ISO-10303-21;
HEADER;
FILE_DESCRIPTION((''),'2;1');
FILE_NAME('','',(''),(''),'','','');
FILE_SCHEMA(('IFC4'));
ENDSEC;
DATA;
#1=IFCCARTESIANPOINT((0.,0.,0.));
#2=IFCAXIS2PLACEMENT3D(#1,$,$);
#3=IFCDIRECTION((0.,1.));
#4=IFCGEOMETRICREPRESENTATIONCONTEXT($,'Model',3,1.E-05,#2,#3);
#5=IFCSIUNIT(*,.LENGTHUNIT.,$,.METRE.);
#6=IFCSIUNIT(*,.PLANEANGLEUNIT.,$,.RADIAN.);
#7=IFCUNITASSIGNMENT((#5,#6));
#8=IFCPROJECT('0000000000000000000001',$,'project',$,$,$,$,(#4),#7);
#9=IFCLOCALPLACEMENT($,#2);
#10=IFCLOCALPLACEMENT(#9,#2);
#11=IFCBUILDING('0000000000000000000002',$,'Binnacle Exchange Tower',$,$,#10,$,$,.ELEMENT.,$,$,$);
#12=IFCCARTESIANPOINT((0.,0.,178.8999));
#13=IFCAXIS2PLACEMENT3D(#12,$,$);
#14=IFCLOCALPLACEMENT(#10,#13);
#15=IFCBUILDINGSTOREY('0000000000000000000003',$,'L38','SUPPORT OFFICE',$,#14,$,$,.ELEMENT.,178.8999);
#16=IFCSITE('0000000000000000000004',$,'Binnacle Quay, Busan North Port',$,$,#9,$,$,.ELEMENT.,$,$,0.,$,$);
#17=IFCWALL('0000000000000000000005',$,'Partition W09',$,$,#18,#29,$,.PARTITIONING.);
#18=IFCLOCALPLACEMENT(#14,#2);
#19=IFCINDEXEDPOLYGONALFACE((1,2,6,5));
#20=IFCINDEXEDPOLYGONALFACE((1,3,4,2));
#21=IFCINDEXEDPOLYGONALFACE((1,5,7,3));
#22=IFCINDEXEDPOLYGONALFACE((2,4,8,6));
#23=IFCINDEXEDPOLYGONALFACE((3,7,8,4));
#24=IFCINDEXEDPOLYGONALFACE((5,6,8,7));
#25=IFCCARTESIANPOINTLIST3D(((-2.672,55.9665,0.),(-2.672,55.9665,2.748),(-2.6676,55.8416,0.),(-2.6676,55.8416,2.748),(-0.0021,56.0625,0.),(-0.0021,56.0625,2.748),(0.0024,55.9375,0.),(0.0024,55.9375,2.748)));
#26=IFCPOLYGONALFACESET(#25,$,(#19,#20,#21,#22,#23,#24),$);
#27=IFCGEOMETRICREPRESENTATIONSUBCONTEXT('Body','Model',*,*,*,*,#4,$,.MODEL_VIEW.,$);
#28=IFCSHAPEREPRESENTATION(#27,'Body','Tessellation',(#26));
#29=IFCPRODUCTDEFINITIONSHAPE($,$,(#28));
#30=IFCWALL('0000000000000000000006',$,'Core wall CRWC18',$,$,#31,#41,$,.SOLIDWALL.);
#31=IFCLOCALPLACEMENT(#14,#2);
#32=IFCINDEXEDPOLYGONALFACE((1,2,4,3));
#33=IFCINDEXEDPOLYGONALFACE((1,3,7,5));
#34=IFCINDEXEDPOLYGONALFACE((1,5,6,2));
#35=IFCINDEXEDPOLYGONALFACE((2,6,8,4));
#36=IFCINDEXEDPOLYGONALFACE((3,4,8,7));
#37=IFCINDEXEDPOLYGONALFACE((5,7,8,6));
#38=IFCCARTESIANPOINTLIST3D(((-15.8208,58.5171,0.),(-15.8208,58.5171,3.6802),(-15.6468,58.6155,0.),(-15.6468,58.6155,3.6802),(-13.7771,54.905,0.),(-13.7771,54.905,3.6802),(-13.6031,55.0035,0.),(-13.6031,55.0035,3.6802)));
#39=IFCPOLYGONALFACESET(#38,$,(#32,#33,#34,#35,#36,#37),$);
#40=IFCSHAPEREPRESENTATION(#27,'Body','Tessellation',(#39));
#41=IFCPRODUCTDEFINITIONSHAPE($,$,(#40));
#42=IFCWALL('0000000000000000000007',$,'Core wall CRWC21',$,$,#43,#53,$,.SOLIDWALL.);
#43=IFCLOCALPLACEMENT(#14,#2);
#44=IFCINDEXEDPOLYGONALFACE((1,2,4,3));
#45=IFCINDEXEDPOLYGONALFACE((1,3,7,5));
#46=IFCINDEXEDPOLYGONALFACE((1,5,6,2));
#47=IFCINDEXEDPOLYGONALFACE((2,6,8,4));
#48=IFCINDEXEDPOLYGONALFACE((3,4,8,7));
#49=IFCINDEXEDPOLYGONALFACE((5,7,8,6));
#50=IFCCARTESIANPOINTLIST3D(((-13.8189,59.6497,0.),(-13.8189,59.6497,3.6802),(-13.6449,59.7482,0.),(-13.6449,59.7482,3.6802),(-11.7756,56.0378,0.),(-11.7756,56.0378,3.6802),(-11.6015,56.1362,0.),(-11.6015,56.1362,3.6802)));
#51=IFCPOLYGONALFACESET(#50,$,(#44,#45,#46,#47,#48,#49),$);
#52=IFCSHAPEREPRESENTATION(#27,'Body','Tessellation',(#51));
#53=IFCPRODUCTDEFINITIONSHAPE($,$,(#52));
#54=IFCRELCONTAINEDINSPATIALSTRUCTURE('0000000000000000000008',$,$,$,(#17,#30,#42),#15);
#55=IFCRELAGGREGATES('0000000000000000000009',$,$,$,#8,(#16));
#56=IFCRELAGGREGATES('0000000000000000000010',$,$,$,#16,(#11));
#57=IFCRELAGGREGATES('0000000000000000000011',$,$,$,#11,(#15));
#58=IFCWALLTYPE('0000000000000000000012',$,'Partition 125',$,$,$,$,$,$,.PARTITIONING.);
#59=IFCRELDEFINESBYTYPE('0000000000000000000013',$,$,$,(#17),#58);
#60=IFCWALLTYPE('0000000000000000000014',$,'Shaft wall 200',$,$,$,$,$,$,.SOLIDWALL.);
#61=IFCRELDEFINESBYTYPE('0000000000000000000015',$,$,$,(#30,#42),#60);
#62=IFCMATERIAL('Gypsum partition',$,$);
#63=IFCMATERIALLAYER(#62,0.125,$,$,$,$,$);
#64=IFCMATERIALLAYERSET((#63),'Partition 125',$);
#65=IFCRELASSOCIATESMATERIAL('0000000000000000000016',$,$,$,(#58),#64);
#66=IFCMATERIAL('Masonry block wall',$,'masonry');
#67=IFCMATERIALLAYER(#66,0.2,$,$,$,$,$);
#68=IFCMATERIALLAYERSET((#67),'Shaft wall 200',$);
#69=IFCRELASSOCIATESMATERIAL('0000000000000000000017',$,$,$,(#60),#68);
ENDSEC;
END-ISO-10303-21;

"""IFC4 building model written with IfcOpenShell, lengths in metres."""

from ifc_helpers import new_model, si_unit, direction, frame, frame_2d, origin, place, context, subcontext, project, spatial, rectangle, extrude, material, layer, layer_set, type_object, element, save


model = new_model("IFC4")

# Units and contexts
model_context = context("Model", 3, precision=1e-05, world=origin(), true_north=direction((0.0, 1.0)))
body_context = subcontext(model_context, "Body", "Model", "MODEL_VIEW")
ifc_project = project(units=[si_unit("LENGTHUNIT", "METRE"), si_unit("PLANEANGLEUNIT", "RADIAN")], contexts=[model_context])

# Site, building, storey
site_placement = place(None, origin())
site = spatial("IfcSite", under=ifc_project, at=site_placement, Name="Binnacle Quay, Busan North Port", CompositionType="ELEMENT", RefElevation=0.0)
building_placement = place(site_placement, origin())
building = spatial("IfcBuilding", under=site, at=building_placement, Name="Binnacle Exchange Tower", CompositionType="ELEMENT")
storey_placement = place(building_placement, frame((0.0, 0.0, 178.8999)))
storey = spatial("IfcBuildingStorey", under=building, at=storey_placement, Name="L38", Description="SUPPORT OFFICE", CompositionType="ELEMENT", Elevation=178.8999)

# Shared definitions
ifc_material_1 = material(Name="Gypsum partition")
ifc_layer_1 = layer(ifc_material_1, 0.125)
ifc_layer_set_1 = layer_set([ifc_layer_1], Name="Partition 125")
wall_type_1 = type_object("IfcWallType", Name="Partition 125", PredefinedType="PARTITIONING", material=ifc_layer_set_1)

# Walls
wall_1_placement = place(storey_placement, frame((-2.6699, 55.9041, 0.0), z_axis=(0.0, 0.0, 1.0), x_axis=(0.999355, 0.035913, 0.0)))
element("IfcWall", 1, at=wall_1_placement, inside=storey, type_object=wall_type_1, Name="Partition W09", PredefinedType="PARTITIONING", context=body_context, shape_type="SweptSolid", body=[
    extrude(rectangle(XDim=2.6716, YDim=0.125, at=frame_2d((1.3359, 0.0))), origin(), (0.0, 0.0, 1.0), 2.748),
])
ifc_material_2 = material(Name="Masonry block wall", Category="masonry")
ifc_layer_2 = layer(ifc_material_2, 0.2)
ifc_layer_set_2 = layer_set([ifc_layer_2], Name="Shaft wall 200")
wall_type_2 = type_object("IfcWallType", Name="Shaft wall 200", PredefinedType="SOLIDWALL", material=ifc_layer_set_2)
wall_2_placement = place(storey_placement, frame((-15.7339, 58.5664, 0.0), z_axis=(0.0, 0.0, 1.0), x_axis=(0.492441, -0.870346, 0.0)))
element("IfcWall", 2, at=wall_2_placement, inside=storey, type_object=wall_type_2, Name="Core wall CRWC18", PredefinedType="SOLIDWALL", context=body_context, shape_type="SweptSolid", body=[
    extrude(rectangle(XDim=4.1501, YDim=0.2, at=frame_2d((2.0752, 0.0))), origin(), (0.0, 0.0, 1.0), 3.6802),
])
wall_3_placement = place(storey_placement, frame((-13.7319, 59.699, 0.0), z_axis=(0.0, 0.0, 1.0), x_axis=(0.492396, -0.870371, 0.0)))
element("IfcWall", 3, at=wall_3_placement, inside=storey, type_object=wall_type_2, Name="Core wall CRWC21", PredefinedType="SOLIDWALL", context=body_context, shape_type="SweptSolid", body=[
    extrude(rectangle(XDim=4.1499, YDim=0.2, at=frame_2d((2.075, 0.0))), origin(), (0.0, 0.0, 1.0), 3.6802),
])

save(model, "model.ifc")
